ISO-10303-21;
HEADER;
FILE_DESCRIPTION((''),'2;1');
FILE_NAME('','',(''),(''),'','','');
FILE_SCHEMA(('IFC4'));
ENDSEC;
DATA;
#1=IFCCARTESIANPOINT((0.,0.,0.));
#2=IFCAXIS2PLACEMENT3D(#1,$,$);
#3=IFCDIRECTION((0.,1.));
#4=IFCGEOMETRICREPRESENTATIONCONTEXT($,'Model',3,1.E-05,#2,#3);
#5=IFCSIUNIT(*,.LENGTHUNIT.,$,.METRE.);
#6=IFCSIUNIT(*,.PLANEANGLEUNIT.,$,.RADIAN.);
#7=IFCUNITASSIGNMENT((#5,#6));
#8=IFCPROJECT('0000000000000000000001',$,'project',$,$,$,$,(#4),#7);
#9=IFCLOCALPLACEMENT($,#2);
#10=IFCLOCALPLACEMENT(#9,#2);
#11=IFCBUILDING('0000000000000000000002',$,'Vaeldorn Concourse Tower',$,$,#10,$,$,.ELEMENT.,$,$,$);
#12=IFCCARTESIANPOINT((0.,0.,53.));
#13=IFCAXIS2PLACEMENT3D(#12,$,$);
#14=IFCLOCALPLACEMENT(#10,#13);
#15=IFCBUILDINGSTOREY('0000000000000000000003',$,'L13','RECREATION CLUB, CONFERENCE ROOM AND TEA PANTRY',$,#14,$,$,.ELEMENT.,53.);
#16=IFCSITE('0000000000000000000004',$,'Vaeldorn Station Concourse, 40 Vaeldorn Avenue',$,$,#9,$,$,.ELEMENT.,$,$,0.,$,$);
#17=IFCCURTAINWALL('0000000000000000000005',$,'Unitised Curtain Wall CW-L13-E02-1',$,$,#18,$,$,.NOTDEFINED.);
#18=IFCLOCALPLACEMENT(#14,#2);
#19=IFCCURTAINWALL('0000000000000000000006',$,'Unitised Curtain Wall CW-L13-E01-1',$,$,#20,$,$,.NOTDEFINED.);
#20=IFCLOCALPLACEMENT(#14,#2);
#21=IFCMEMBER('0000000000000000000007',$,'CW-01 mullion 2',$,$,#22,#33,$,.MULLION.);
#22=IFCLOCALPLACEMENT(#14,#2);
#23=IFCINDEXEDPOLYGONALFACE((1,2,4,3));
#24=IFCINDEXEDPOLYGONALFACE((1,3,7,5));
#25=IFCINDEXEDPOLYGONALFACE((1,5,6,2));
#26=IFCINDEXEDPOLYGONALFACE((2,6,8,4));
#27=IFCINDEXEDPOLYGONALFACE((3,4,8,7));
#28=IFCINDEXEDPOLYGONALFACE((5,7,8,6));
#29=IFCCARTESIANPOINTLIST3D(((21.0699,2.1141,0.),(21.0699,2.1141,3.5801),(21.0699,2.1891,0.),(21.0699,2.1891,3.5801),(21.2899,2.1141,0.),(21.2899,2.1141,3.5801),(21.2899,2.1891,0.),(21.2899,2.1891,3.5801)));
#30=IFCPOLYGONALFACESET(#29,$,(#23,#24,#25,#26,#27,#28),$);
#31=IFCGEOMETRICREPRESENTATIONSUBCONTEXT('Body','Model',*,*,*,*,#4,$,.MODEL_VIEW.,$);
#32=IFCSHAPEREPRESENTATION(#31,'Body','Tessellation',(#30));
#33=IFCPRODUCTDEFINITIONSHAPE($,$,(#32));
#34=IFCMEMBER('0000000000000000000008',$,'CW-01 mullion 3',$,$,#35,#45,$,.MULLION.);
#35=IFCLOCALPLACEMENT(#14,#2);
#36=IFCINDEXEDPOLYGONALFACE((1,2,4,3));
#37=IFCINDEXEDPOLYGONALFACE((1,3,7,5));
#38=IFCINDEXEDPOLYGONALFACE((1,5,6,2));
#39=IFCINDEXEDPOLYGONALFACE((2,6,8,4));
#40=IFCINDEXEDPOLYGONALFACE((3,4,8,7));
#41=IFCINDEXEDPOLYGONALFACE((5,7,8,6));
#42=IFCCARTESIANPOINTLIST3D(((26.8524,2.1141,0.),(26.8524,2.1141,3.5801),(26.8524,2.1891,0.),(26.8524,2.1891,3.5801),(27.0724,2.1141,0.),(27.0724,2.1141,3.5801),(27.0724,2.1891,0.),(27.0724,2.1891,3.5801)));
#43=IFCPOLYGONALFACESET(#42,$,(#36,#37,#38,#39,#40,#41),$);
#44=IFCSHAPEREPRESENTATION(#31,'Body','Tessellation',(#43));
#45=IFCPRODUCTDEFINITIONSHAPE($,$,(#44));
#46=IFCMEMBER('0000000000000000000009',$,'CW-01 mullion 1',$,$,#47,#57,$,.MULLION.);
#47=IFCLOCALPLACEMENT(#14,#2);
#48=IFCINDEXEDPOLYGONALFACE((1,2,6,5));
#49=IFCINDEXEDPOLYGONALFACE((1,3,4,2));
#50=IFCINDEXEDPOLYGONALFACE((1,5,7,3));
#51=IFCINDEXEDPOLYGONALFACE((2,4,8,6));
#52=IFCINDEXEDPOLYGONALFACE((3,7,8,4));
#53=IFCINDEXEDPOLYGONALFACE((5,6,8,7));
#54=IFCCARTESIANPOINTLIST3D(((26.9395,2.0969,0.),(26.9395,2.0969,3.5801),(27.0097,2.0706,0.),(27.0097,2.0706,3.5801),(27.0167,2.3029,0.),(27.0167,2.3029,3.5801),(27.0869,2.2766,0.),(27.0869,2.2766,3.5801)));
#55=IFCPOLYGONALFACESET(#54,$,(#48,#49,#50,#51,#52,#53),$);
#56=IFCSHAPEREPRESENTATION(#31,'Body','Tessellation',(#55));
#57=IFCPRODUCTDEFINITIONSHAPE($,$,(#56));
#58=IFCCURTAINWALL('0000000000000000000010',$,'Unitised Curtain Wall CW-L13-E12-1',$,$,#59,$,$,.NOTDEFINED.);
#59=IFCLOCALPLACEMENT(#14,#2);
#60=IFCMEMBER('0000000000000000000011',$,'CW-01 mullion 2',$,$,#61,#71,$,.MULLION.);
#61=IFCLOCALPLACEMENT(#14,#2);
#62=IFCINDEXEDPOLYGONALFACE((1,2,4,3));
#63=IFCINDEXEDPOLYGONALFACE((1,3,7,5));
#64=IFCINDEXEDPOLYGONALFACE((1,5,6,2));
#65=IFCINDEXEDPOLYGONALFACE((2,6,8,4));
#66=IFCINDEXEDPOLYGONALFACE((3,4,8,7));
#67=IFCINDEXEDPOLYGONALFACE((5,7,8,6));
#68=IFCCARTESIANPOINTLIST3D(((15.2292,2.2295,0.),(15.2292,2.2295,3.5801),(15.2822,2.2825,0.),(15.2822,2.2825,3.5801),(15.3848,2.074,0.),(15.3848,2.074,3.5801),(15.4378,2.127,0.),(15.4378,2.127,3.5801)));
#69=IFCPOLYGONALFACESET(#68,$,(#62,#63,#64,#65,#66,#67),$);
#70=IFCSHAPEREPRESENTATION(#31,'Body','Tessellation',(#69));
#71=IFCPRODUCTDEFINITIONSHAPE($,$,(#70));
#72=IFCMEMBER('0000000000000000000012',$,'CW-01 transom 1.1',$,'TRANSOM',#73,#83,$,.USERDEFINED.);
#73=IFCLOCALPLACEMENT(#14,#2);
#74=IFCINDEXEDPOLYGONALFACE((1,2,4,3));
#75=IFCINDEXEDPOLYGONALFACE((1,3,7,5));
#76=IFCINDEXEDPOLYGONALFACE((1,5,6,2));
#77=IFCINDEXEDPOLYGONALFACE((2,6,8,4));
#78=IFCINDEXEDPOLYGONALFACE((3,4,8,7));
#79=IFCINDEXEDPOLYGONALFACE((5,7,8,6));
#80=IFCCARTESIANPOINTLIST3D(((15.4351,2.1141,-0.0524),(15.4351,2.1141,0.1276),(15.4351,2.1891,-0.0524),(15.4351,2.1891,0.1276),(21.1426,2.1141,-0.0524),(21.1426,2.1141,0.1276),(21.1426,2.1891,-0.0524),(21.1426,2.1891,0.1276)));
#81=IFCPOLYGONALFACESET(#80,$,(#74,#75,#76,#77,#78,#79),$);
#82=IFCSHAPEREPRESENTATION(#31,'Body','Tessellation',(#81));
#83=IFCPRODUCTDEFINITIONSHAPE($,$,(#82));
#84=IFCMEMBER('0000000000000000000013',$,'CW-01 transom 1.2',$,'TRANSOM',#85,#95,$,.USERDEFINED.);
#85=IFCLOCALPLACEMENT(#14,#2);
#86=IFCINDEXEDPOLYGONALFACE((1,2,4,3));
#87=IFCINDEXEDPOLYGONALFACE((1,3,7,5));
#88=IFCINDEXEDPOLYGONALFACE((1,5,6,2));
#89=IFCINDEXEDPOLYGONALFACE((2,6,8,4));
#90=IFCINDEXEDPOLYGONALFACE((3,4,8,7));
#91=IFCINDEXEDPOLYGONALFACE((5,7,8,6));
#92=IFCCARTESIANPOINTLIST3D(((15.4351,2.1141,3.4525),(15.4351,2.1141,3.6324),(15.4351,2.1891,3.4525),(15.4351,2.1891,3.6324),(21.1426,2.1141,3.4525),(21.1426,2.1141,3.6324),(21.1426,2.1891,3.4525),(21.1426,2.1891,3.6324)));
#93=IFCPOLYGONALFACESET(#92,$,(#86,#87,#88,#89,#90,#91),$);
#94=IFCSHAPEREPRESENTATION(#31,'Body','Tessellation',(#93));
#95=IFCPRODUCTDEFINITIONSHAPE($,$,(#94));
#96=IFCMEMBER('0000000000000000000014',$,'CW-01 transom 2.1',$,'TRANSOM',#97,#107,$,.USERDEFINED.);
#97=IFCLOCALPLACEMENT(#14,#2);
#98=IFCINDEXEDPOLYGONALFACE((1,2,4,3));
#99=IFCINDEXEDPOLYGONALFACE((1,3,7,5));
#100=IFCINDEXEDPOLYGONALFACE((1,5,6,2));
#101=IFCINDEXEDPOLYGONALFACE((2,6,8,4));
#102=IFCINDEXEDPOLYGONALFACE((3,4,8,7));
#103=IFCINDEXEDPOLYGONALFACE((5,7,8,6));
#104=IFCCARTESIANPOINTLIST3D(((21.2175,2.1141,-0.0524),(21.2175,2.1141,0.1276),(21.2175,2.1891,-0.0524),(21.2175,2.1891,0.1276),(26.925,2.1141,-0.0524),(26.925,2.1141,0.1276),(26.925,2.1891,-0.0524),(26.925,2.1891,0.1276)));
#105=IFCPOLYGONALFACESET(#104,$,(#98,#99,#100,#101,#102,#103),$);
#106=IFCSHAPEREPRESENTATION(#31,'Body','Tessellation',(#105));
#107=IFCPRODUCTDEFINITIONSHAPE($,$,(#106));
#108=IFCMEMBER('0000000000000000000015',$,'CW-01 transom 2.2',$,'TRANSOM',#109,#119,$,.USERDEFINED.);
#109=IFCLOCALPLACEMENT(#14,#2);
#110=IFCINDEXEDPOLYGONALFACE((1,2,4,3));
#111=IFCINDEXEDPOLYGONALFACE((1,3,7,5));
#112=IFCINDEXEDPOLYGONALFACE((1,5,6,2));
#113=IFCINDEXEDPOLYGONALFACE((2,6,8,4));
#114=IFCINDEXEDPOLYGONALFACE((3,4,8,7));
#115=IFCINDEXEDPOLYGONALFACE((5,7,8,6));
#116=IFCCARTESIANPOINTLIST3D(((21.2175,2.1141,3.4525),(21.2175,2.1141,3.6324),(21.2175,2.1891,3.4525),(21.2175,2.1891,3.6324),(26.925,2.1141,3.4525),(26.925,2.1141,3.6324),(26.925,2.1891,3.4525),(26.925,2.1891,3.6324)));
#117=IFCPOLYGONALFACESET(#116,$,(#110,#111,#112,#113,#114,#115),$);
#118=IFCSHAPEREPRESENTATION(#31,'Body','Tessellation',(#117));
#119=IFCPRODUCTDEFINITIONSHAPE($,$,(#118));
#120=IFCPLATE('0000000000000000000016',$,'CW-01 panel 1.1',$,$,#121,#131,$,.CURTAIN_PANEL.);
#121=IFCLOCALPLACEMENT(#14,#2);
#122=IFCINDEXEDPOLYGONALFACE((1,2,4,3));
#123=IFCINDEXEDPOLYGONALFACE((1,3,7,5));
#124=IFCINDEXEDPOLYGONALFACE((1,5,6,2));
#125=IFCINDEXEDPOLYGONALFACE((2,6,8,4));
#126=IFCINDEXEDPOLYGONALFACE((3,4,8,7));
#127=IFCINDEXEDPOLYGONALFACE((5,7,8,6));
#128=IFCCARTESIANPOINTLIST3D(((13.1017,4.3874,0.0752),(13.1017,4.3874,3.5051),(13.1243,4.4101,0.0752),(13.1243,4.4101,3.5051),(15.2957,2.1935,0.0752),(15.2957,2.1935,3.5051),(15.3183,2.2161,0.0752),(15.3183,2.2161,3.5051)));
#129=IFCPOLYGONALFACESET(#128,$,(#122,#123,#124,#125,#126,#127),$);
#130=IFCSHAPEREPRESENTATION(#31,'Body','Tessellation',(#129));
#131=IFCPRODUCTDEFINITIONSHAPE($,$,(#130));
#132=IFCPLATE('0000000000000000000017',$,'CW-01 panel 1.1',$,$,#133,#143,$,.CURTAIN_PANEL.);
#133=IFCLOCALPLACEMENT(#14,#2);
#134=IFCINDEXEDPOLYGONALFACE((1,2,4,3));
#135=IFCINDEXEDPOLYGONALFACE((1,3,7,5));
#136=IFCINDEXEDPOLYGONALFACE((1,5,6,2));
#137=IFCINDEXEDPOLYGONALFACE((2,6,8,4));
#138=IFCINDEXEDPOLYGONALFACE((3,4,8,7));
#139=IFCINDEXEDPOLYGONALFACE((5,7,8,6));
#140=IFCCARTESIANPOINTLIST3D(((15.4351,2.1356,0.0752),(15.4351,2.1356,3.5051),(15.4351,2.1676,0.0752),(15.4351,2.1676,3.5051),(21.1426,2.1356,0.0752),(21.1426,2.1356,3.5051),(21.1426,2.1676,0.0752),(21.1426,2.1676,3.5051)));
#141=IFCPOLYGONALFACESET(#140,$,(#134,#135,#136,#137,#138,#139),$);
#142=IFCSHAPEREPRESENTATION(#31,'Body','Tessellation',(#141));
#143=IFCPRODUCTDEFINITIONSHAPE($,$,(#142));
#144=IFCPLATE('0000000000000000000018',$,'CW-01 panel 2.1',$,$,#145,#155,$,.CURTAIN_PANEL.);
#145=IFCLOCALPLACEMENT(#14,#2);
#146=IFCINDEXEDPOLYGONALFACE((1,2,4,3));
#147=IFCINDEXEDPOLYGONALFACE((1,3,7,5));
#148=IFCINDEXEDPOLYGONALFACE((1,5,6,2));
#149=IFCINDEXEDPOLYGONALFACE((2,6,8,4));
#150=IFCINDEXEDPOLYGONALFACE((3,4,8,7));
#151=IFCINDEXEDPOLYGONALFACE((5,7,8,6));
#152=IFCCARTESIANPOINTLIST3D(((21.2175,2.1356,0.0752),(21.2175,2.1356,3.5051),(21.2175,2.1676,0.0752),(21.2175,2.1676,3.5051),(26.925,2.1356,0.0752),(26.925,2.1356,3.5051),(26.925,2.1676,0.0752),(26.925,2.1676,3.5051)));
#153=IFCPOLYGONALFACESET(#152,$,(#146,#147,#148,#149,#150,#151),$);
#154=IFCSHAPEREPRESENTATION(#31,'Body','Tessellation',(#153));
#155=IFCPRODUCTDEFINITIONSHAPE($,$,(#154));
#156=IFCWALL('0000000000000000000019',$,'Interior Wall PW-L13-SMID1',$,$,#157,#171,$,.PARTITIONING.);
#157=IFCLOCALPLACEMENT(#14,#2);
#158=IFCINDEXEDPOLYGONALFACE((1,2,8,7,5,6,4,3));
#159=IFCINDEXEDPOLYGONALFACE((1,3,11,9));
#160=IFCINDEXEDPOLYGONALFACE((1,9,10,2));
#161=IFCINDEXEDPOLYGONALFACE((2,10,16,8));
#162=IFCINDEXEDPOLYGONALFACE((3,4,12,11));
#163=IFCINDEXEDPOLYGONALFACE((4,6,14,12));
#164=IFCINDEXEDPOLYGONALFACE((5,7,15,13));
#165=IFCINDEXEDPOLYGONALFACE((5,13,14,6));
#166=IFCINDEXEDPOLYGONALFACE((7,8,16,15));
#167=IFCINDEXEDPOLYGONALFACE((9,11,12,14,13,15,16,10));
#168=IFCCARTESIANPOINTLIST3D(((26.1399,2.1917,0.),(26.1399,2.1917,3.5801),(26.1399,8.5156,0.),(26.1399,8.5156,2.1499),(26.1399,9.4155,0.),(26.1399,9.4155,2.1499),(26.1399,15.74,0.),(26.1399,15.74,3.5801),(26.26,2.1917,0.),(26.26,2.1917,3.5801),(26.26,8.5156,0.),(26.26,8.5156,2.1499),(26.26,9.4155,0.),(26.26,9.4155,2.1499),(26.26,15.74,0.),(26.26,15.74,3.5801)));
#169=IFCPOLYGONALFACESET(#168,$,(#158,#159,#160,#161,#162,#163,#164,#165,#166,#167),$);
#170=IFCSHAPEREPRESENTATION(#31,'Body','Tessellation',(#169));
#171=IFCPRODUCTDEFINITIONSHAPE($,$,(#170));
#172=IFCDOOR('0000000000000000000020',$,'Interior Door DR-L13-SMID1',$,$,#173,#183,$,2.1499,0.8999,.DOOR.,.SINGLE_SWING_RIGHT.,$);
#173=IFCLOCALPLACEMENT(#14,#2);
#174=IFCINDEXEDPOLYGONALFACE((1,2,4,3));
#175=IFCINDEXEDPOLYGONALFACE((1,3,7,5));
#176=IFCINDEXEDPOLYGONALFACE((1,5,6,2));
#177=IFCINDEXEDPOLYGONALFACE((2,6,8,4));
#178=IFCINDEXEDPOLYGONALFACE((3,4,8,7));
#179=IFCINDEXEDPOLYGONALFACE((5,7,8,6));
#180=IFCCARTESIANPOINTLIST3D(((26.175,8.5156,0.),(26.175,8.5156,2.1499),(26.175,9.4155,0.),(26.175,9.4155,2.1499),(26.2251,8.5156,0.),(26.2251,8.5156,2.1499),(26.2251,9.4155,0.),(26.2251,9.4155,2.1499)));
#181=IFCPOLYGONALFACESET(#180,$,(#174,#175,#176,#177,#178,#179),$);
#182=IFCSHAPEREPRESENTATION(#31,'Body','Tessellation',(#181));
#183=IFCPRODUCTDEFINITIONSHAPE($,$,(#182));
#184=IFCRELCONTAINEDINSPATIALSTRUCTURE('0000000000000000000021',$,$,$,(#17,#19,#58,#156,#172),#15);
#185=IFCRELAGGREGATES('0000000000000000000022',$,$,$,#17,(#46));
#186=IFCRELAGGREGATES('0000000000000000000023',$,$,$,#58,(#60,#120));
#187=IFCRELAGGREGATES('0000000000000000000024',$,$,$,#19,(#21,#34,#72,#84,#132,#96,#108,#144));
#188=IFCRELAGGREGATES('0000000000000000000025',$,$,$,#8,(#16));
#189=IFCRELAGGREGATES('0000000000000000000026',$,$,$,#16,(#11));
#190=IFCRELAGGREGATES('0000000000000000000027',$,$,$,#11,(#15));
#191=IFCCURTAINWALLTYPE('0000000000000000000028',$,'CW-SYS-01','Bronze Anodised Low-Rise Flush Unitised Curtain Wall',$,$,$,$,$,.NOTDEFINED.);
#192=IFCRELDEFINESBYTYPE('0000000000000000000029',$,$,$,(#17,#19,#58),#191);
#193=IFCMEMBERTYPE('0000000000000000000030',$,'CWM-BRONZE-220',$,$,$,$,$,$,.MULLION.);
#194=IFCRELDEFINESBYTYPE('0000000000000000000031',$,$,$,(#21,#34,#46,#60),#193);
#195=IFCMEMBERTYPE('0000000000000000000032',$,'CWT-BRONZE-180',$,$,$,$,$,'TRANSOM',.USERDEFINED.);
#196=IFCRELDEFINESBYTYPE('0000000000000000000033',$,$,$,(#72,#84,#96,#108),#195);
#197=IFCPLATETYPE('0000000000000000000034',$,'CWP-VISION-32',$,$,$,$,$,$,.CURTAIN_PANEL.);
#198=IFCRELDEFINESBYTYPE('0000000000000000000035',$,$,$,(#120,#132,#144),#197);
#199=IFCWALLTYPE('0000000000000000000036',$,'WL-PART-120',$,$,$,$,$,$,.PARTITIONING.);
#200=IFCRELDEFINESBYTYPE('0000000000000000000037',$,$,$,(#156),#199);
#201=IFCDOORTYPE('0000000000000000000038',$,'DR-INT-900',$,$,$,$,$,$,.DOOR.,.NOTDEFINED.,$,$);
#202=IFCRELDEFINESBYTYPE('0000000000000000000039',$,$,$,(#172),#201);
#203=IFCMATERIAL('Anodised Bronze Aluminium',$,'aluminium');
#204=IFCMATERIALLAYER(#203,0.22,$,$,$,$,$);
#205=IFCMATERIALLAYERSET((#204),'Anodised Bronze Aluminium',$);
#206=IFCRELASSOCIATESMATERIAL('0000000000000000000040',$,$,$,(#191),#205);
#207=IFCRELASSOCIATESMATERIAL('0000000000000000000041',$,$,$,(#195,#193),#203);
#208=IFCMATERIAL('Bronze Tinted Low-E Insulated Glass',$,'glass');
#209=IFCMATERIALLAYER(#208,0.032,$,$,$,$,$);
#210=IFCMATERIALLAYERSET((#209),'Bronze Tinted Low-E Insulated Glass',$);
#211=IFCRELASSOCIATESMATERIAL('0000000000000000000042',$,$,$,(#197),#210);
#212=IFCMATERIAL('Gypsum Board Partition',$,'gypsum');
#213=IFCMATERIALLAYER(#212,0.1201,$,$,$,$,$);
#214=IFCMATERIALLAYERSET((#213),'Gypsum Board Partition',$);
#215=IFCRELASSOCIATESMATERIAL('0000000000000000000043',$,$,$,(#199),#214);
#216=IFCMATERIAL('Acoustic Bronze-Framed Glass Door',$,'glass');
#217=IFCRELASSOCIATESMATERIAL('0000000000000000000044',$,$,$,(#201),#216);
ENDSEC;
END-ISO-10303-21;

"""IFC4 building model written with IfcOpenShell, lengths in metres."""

from ifc_helpers import new_model, si_unit, direction, frame, frame_2d, origin, origin_2d, place, context, subcontext, project, spatial, rectangle, extrude, source, transform, mapped, material, layer, layer_set, material_profile, profile_set, type_object, element, fill, aggregate, save


model = new_model("IFC4")

# Units and contexts
model_context = context("Model", 3, precision=1e-05, world=origin(), true_north=direction((0.0, 1.0)))
body_context = subcontext(model_context, "Body", "Model", "MODEL_VIEW")
ifc_project = project(units=[si_unit("LENGTHUNIT", "METRE"), si_unit("PLANEANGLEUNIT", "RADIAN")], contexts=[model_context])

# Site, building, storey
site_placement = place(None, origin())
site = spatial("IfcSite", under=ifc_project, at=site_placement, Name="Vaeldorn Station Concourse, 40 Vaeldorn Avenue", CompositionType="ELEMENT", RefElevation=0.0)
building_placement = place(site_placement, origin())
building = spatial("IfcBuilding", under=site, at=building_placement, Name="Vaeldorn Concourse Tower", CompositionType="ELEMENT")
storey_placement = place(building_placement, frame((0.0, 0.0, 53.0)))
storey = spatial("IfcBuildingStorey", under=building, at=storey_placement, Name="L13", Description="RECREATION CLUB, CONFERENCE ROOM AND TEA PANTRY", CompositionType="ELEMENT", Elevation=53.0)

# Curtain walls, members
ifc_material_1 = material(Name="Anodised Bronze Aluminium", Category="aluminium")
ifc_layer_1 = layer(ifc_material_1, 0.22)
ifc_layer_set_1 = layer_set([ifc_layer_1], Name="Anodised Bronze Aluminium")
curtain_wall_type = type_object("IfcCurtainWallType", Name="CW-SYS-01", Description="Bronze Anodised Low-Rise Flush Unitised Curtain Wall", PredefinedType="NOTDEFINED", material=ifc_layer_set_1)
curtain_wall_1_placement = place(storey_placement, origin())
curtain_wall_1 = element("IfcCurtainWall", 1, at=curtain_wall_1_placement, inside=storey, type_object=curtain_wall_type, Name="Unitised Curtain Wall CW-L13-E02-1", PredefinedType="NOTDEFINED")
ifc_material_profile_1 = material_profile(ifc_material_1, rectangle(XDim=0.075, YDim=0.1799, at=origin_2d()), Name="CWT 75x180")
ifc_profile_set_1 = profile_set([ifc_material_profile_1], Name="Anodised Bronze Aluminium")
member_type_1 = type_object("IfcMemberType", Name="CWT-BRONZE-180", ElementType="TRANSOM", PredefinedType="USERDEFINED", material=ifc_profile_set_1)
curtain_wall_2_placement = place(storey_placement, origin())
curtain_wall_2 = element("IfcCurtainWall", 2, at=curtain_wall_2_placement, inside=storey, type_object=curtain_wall_type, Name="Unitised Curtain Wall CW-L13-E01-1", PredefinedType="NOTDEFINED")
ifc_material_profile_2 = material_profile(ifc_material_1, rectangle(XDim=0.075, YDim=0.22, at=origin_2d()), Name="CWM 75x220")
ifc_profile_set_2 = profile_set([ifc_material_profile_2], Name="Anodised Bronze Aluminium")
member_type_2 = type_object("IfcMemberType", Name="CWM-BRONZE-220", PredefinedType="MULLION", material=ifc_profile_set_2)
shared_shape_1 = source(origin(), body_context, "Body", "SweptSolid", [
    extrude(rectangle(XDim=0.075, YDim=0.22, at=origin_2d()), origin(), (0.0, 0.0, 1.0), 3.5801),
])
member_1_placement = place(storey_placement, frame((21.1799, 2.1516, 0.0), z_axis=(0.0, 0.0, 1.0), x_axis=(0.0, 1.0, 0.0)))
member_1 = element("IfcMember", 3, at=member_1_placement, type_object=member_type_2, Name="CW-01 mullion 2", PredefinedType="MULLION", context=body_context, shape_type="MappedRepresentation", body=[
    mapped(shared_shape_1, transform((0.0, 0.0, 0.0), scale=1.0)),
])
member_2_placement = place(storey_placement, frame((26.9624, 2.1516, 0.0), z_axis=(0.0, 0.0, 1.0), x_axis=(0.0, 1.0, 0.0)))
member_2 = element("IfcMember", 4, at=member_2_placement, type_object=member_type_2, Name="CW-01 mullion 3", PredefinedType="MULLION", context=body_context, shape_type="MappedRepresentation", body=[
    mapped(shared_shape_1, transform((0.0, 0.0, 0.0), scale=1.0)),
])

# Member
member_3_placement = place(storey_placement, frame((27.0132, 2.1868, 0.0), z_axis=(0.0, 0.0, 1.0), x_axis=(-0.936329, 0.351123, 0.0)))
member_3 = element("IfcMember", 5, at=member_3_placement, type_object=member_type_2, Name="CW-01 mullion 1", PredefinedType="MULLION", context=body_context, shape_type="MappedRepresentation", body=[
    mapped(shared_shape_1, transform((0.0, 0.0, 0.0), scale=1.0)),
])
aggregate(curtain_wall_1, [member_3])

# Curtain wall, member
curtain_wall_3_placement = place(storey_placement, origin())
curtain_wall_3 = element("IfcCurtainWall", 6, at=curtain_wall_3_placement, inside=storey, type_object=curtain_wall_type, Name="Unitised Curtain Wall CW-L13-E12-1", PredefinedType="NOTDEFINED")
member_4_placement = place(storey_placement, frame((15.3335, 2.1782, 0.0), z_axis=(0.0, 0.0, 1.0), x_axis=(0.707107, 0.707107, 0.0)))
member_4 = element("IfcMember", 7, at=member_4_placement, type_object=member_type_2, Name="CW-01 mullion 2", PredefinedType="MULLION", context=body_context, shape_type="MappedRepresentation", body=[
    mapped(shared_shape_1, transform((0.0, 0.0, 0.0), scale=1.0)),
])

# Members
shared_shape_2 = source(origin(), body_context, "Body", "SweptSolid", [
    extrude(rectangle(XDim=0.075, YDim=0.1799, at=origin_2d()), origin(), (0.0, 0.0, 1.0), 5.7075),
])
member_5_placement = place(storey_placement, frame((15.4351, 2.1516, 0.0376), z_axis=(1.0, 0.0, 0.0), x_axis=(0.0, 1.0, 0.0)))
member_5 = element("IfcMember", 8, at=member_5_placement, type_object=member_type_1, Name="CW-01 transom 1.1", ObjectType="TRANSOM", PredefinedType="USERDEFINED", context=body_context, shape_type="MappedRepresentation", body=[
    mapped(shared_shape_2, transform((0.0, 0.0, 0.0), scale=1.0)),
])
member_6_placement = place(storey_placement, frame((15.4351, 2.1516, 3.5425), z_axis=(1.0, 0.0, 0.0), x_axis=(0.0, 1.0, 0.0)))
member_6 = element("IfcMember", 9, at=member_6_placement, type_object=member_type_1, Name="CW-01 transom 1.2", ObjectType="TRANSOM", PredefinedType="USERDEFINED", context=body_context, shape_type="MappedRepresentation", body=[
    mapped(shared_shape_2, transform((0.0, 0.0, 0.0), scale=1.0)),
])
member_7_placement = place(storey_placement, frame((21.2175, 2.1516, 0.0376), z_axis=(1.0, 0.0, 0.0), x_axis=(0.0, 1.0, 0.0)))
member_7 = element("IfcMember", 10, at=member_7_placement, type_object=member_type_1, Name="CW-01 transom 2.1", ObjectType="TRANSOM", PredefinedType="USERDEFINED", context=body_context, shape_type="MappedRepresentation", body=[
    mapped(shared_shape_2, transform((0.0, 0.0, 0.0), scale=1.0)),
])
member_8_placement = place(storey_placement, frame((21.2175, 2.1516, 3.5425), z_axis=(1.0, 0.0, 0.0), x_axis=(0.0, 1.0, 0.0)))
member_8 = element("IfcMember", 11, at=member_8_placement, type_object=member_type_1, Name="CW-01 transom 2.2", ObjectType="TRANSOM", PredefinedType="USERDEFINED", context=body_context, shape_type="MappedRepresentation", body=[
    mapped(shared_shape_2, transform((0.0, 0.0, 0.0), scale=1.0)),
])

# Plates
ifc_material_2 = material(Name="Bronze Tinted Low-E Insulated Glass", Category="glass")
ifc_layer_2 = layer(ifc_material_2, 0.032)
ifc_layer_set_2 = layer_set([ifc_layer_2], Name="Bronze Tinted Low-E Insulated Glass")
plate_type = type_object("IfcPlateType", Name="CWP-VISION-32", PredefinedType="CURTAIN_PANEL", material=ifc_layer_set_2)
shared_shape_3 = source(origin(), body_context, "Body", "SweptSolid", [
    extrude(rectangle(XDim=3.1028, YDim=0.032, at=origin_2d()), origin(), (0.0, 0.0, 1.0), 3.4299),
])
plate_1_placement = place(storey_placement, frame((14.21, 3.3018, 0.0752), z_axis=(0.0, 0.0, 1.0), x_axis=(0.707107, -0.707107, 0.0)))
plate_1 = element("IfcPlate", 12, at=plate_1_placement, type_object=plate_type, Name="CW-01 panel 1.1", PredefinedType="CURTAIN_PANEL", context=body_context, shape_type="MappedRepresentation", body=[
    mapped(shared_shape_3, transform((0.0, 0.0, 0.0), scale=1.0)),
])
aggregate(curtain_wall_3, [member_4, plate_1])
shared_shape_4 = source(origin(), body_context, "Body", "SweptSolid", [
    extrude(rectangle(XDim=5.7075, YDim=0.032, at=origin_2d()), origin(), (0.0, 0.0, 1.0), 3.4299),
])
plate_2_placement = place(storey_placement, frame((18.2888, 2.1516, 0.0752), z_axis=(0.0, 0.0, 1.0), x_axis=(1.0, 0.0, 0.0)))
plate_2 = element("IfcPlate", 13, at=plate_2_placement, type_object=plate_type, Name="CW-01 panel 1.1", PredefinedType="CURTAIN_PANEL", context=body_context, shape_type="MappedRepresentation", body=[
    mapped(shared_shape_4, transform((0.0, 0.0, 0.0), scale=1.0)),
])
plate_3_placement = place(storey_placement, frame((24.0713, 2.1516, 0.0752), z_axis=(0.0, 0.0, 1.0), x_axis=(1.0, 0.0, 0.0)))
plate_3 = element("IfcPlate", 14, at=plate_3_placement, type_object=plate_type, Name="CW-01 panel 2.1", PredefinedType="CURTAIN_PANEL", context=body_context, shape_type="MappedRepresentation", body=[
    mapped(shared_shape_4, transform((0.0, 0.0, 0.0), scale=1.0)),
])
aggregate(curtain_wall_2, [member_1, member_2, member_5, member_6, plate_2, member_7, member_8, plate_3])

# Wall, opening, door
ifc_material_3 = material(Name="Gypsum Board Partition", Category="gypsum")
ifc_layer_3 = layer(ifc_material_3, 0.1201)
ifc_layer_set_3 = layer_set([ifc_layer_3], Name="Gypsum Board Partition")
wall_type = type_object("IfcWallType", Name="WL-PART-120", PredefinedType="PARTITIONING", material=ifc_layer_set_3)
wall_placement = place(storey_placement, frame((26.2, 2.1917, 0.0), z_axis=(0.0, 0.0, 1.0), x_axis=(0.0, 1.0, 0.0)))
wall = element("IfcWall", 15, at=wall_placement, inside=storey, type_object=wall_type, Name="Interior Wall PW-L13-SMID1", PredefinedType="PARTITIONING", context=body_context, shape_type="SweptSolid", body=[
    extrude(rectangle(XDim=13.5483, YDim=0.1201, at=frame_2d((6.7742, 0.0))), origin(), (0.0, 0.0, 1.0), 3.5801),
])
opening_placement = place(wall_placement, frame((6.324, 0.0, 0.0)))
opening = element("IfcOpeningElement", 16, at=opening_placement, cuts=wall, PredefinedType="OPENING", context=body_context, shape_type="SweptSolid", body=[
    extrude(rectangle(XDim=0.8999, YDim=2.1499, at=frame_2d((0.45, 1.075))), frame((0.0, 0.0701, 0.0), z_axis=(0.0, -1.0, 0.0), x_axis=(1.0, 0.0, 0.0)), (0.0, 0.0, 1.0), 0.1401),
])
ifc_material_4 = material(Name="Acoustic Bronze-Framed Glass Door", Category="glass")
door_type = type_object("IfcDoorType", Name="DR-INT-900", OperationType="NOTDEFINED", PredefinedType="DOOR", material=ifc_material_4)
shared_shape_5 = source(origin(), body_context, "Body", "SweptSolid", [
    extrude(rectangle(XDim=0.8999, YDim=2.1499, at=frame_2d((0.45, 1.075))), frame((0.0, 0.0249, 0.0), z_axis=(0.0, -1.0, 0.0), x_axis=(1.0, 0.0, 0.0)), (0.0, 0.0, 1.0), 0.05),
])
door_placement = place(opening_placement, origin())
door = element("IfcDoor", 17, at=door_placement, inside=storey, type_object=door_type, Name="Interior Door DR-L13-SMID1", OperationType="SINGLE_SWING_RIGHT", OverallHeight=2.1499, OverallWidth=0.8999, PredefinedType="DOOR", context=body_context, shape_type="MappedRepresentation", body=[
    mapped(shared_shape_5, transform((0.0, 0.0, 0.0), scale=1.0)),
])
fill(opening, door)

save(model, "model.ifc")
